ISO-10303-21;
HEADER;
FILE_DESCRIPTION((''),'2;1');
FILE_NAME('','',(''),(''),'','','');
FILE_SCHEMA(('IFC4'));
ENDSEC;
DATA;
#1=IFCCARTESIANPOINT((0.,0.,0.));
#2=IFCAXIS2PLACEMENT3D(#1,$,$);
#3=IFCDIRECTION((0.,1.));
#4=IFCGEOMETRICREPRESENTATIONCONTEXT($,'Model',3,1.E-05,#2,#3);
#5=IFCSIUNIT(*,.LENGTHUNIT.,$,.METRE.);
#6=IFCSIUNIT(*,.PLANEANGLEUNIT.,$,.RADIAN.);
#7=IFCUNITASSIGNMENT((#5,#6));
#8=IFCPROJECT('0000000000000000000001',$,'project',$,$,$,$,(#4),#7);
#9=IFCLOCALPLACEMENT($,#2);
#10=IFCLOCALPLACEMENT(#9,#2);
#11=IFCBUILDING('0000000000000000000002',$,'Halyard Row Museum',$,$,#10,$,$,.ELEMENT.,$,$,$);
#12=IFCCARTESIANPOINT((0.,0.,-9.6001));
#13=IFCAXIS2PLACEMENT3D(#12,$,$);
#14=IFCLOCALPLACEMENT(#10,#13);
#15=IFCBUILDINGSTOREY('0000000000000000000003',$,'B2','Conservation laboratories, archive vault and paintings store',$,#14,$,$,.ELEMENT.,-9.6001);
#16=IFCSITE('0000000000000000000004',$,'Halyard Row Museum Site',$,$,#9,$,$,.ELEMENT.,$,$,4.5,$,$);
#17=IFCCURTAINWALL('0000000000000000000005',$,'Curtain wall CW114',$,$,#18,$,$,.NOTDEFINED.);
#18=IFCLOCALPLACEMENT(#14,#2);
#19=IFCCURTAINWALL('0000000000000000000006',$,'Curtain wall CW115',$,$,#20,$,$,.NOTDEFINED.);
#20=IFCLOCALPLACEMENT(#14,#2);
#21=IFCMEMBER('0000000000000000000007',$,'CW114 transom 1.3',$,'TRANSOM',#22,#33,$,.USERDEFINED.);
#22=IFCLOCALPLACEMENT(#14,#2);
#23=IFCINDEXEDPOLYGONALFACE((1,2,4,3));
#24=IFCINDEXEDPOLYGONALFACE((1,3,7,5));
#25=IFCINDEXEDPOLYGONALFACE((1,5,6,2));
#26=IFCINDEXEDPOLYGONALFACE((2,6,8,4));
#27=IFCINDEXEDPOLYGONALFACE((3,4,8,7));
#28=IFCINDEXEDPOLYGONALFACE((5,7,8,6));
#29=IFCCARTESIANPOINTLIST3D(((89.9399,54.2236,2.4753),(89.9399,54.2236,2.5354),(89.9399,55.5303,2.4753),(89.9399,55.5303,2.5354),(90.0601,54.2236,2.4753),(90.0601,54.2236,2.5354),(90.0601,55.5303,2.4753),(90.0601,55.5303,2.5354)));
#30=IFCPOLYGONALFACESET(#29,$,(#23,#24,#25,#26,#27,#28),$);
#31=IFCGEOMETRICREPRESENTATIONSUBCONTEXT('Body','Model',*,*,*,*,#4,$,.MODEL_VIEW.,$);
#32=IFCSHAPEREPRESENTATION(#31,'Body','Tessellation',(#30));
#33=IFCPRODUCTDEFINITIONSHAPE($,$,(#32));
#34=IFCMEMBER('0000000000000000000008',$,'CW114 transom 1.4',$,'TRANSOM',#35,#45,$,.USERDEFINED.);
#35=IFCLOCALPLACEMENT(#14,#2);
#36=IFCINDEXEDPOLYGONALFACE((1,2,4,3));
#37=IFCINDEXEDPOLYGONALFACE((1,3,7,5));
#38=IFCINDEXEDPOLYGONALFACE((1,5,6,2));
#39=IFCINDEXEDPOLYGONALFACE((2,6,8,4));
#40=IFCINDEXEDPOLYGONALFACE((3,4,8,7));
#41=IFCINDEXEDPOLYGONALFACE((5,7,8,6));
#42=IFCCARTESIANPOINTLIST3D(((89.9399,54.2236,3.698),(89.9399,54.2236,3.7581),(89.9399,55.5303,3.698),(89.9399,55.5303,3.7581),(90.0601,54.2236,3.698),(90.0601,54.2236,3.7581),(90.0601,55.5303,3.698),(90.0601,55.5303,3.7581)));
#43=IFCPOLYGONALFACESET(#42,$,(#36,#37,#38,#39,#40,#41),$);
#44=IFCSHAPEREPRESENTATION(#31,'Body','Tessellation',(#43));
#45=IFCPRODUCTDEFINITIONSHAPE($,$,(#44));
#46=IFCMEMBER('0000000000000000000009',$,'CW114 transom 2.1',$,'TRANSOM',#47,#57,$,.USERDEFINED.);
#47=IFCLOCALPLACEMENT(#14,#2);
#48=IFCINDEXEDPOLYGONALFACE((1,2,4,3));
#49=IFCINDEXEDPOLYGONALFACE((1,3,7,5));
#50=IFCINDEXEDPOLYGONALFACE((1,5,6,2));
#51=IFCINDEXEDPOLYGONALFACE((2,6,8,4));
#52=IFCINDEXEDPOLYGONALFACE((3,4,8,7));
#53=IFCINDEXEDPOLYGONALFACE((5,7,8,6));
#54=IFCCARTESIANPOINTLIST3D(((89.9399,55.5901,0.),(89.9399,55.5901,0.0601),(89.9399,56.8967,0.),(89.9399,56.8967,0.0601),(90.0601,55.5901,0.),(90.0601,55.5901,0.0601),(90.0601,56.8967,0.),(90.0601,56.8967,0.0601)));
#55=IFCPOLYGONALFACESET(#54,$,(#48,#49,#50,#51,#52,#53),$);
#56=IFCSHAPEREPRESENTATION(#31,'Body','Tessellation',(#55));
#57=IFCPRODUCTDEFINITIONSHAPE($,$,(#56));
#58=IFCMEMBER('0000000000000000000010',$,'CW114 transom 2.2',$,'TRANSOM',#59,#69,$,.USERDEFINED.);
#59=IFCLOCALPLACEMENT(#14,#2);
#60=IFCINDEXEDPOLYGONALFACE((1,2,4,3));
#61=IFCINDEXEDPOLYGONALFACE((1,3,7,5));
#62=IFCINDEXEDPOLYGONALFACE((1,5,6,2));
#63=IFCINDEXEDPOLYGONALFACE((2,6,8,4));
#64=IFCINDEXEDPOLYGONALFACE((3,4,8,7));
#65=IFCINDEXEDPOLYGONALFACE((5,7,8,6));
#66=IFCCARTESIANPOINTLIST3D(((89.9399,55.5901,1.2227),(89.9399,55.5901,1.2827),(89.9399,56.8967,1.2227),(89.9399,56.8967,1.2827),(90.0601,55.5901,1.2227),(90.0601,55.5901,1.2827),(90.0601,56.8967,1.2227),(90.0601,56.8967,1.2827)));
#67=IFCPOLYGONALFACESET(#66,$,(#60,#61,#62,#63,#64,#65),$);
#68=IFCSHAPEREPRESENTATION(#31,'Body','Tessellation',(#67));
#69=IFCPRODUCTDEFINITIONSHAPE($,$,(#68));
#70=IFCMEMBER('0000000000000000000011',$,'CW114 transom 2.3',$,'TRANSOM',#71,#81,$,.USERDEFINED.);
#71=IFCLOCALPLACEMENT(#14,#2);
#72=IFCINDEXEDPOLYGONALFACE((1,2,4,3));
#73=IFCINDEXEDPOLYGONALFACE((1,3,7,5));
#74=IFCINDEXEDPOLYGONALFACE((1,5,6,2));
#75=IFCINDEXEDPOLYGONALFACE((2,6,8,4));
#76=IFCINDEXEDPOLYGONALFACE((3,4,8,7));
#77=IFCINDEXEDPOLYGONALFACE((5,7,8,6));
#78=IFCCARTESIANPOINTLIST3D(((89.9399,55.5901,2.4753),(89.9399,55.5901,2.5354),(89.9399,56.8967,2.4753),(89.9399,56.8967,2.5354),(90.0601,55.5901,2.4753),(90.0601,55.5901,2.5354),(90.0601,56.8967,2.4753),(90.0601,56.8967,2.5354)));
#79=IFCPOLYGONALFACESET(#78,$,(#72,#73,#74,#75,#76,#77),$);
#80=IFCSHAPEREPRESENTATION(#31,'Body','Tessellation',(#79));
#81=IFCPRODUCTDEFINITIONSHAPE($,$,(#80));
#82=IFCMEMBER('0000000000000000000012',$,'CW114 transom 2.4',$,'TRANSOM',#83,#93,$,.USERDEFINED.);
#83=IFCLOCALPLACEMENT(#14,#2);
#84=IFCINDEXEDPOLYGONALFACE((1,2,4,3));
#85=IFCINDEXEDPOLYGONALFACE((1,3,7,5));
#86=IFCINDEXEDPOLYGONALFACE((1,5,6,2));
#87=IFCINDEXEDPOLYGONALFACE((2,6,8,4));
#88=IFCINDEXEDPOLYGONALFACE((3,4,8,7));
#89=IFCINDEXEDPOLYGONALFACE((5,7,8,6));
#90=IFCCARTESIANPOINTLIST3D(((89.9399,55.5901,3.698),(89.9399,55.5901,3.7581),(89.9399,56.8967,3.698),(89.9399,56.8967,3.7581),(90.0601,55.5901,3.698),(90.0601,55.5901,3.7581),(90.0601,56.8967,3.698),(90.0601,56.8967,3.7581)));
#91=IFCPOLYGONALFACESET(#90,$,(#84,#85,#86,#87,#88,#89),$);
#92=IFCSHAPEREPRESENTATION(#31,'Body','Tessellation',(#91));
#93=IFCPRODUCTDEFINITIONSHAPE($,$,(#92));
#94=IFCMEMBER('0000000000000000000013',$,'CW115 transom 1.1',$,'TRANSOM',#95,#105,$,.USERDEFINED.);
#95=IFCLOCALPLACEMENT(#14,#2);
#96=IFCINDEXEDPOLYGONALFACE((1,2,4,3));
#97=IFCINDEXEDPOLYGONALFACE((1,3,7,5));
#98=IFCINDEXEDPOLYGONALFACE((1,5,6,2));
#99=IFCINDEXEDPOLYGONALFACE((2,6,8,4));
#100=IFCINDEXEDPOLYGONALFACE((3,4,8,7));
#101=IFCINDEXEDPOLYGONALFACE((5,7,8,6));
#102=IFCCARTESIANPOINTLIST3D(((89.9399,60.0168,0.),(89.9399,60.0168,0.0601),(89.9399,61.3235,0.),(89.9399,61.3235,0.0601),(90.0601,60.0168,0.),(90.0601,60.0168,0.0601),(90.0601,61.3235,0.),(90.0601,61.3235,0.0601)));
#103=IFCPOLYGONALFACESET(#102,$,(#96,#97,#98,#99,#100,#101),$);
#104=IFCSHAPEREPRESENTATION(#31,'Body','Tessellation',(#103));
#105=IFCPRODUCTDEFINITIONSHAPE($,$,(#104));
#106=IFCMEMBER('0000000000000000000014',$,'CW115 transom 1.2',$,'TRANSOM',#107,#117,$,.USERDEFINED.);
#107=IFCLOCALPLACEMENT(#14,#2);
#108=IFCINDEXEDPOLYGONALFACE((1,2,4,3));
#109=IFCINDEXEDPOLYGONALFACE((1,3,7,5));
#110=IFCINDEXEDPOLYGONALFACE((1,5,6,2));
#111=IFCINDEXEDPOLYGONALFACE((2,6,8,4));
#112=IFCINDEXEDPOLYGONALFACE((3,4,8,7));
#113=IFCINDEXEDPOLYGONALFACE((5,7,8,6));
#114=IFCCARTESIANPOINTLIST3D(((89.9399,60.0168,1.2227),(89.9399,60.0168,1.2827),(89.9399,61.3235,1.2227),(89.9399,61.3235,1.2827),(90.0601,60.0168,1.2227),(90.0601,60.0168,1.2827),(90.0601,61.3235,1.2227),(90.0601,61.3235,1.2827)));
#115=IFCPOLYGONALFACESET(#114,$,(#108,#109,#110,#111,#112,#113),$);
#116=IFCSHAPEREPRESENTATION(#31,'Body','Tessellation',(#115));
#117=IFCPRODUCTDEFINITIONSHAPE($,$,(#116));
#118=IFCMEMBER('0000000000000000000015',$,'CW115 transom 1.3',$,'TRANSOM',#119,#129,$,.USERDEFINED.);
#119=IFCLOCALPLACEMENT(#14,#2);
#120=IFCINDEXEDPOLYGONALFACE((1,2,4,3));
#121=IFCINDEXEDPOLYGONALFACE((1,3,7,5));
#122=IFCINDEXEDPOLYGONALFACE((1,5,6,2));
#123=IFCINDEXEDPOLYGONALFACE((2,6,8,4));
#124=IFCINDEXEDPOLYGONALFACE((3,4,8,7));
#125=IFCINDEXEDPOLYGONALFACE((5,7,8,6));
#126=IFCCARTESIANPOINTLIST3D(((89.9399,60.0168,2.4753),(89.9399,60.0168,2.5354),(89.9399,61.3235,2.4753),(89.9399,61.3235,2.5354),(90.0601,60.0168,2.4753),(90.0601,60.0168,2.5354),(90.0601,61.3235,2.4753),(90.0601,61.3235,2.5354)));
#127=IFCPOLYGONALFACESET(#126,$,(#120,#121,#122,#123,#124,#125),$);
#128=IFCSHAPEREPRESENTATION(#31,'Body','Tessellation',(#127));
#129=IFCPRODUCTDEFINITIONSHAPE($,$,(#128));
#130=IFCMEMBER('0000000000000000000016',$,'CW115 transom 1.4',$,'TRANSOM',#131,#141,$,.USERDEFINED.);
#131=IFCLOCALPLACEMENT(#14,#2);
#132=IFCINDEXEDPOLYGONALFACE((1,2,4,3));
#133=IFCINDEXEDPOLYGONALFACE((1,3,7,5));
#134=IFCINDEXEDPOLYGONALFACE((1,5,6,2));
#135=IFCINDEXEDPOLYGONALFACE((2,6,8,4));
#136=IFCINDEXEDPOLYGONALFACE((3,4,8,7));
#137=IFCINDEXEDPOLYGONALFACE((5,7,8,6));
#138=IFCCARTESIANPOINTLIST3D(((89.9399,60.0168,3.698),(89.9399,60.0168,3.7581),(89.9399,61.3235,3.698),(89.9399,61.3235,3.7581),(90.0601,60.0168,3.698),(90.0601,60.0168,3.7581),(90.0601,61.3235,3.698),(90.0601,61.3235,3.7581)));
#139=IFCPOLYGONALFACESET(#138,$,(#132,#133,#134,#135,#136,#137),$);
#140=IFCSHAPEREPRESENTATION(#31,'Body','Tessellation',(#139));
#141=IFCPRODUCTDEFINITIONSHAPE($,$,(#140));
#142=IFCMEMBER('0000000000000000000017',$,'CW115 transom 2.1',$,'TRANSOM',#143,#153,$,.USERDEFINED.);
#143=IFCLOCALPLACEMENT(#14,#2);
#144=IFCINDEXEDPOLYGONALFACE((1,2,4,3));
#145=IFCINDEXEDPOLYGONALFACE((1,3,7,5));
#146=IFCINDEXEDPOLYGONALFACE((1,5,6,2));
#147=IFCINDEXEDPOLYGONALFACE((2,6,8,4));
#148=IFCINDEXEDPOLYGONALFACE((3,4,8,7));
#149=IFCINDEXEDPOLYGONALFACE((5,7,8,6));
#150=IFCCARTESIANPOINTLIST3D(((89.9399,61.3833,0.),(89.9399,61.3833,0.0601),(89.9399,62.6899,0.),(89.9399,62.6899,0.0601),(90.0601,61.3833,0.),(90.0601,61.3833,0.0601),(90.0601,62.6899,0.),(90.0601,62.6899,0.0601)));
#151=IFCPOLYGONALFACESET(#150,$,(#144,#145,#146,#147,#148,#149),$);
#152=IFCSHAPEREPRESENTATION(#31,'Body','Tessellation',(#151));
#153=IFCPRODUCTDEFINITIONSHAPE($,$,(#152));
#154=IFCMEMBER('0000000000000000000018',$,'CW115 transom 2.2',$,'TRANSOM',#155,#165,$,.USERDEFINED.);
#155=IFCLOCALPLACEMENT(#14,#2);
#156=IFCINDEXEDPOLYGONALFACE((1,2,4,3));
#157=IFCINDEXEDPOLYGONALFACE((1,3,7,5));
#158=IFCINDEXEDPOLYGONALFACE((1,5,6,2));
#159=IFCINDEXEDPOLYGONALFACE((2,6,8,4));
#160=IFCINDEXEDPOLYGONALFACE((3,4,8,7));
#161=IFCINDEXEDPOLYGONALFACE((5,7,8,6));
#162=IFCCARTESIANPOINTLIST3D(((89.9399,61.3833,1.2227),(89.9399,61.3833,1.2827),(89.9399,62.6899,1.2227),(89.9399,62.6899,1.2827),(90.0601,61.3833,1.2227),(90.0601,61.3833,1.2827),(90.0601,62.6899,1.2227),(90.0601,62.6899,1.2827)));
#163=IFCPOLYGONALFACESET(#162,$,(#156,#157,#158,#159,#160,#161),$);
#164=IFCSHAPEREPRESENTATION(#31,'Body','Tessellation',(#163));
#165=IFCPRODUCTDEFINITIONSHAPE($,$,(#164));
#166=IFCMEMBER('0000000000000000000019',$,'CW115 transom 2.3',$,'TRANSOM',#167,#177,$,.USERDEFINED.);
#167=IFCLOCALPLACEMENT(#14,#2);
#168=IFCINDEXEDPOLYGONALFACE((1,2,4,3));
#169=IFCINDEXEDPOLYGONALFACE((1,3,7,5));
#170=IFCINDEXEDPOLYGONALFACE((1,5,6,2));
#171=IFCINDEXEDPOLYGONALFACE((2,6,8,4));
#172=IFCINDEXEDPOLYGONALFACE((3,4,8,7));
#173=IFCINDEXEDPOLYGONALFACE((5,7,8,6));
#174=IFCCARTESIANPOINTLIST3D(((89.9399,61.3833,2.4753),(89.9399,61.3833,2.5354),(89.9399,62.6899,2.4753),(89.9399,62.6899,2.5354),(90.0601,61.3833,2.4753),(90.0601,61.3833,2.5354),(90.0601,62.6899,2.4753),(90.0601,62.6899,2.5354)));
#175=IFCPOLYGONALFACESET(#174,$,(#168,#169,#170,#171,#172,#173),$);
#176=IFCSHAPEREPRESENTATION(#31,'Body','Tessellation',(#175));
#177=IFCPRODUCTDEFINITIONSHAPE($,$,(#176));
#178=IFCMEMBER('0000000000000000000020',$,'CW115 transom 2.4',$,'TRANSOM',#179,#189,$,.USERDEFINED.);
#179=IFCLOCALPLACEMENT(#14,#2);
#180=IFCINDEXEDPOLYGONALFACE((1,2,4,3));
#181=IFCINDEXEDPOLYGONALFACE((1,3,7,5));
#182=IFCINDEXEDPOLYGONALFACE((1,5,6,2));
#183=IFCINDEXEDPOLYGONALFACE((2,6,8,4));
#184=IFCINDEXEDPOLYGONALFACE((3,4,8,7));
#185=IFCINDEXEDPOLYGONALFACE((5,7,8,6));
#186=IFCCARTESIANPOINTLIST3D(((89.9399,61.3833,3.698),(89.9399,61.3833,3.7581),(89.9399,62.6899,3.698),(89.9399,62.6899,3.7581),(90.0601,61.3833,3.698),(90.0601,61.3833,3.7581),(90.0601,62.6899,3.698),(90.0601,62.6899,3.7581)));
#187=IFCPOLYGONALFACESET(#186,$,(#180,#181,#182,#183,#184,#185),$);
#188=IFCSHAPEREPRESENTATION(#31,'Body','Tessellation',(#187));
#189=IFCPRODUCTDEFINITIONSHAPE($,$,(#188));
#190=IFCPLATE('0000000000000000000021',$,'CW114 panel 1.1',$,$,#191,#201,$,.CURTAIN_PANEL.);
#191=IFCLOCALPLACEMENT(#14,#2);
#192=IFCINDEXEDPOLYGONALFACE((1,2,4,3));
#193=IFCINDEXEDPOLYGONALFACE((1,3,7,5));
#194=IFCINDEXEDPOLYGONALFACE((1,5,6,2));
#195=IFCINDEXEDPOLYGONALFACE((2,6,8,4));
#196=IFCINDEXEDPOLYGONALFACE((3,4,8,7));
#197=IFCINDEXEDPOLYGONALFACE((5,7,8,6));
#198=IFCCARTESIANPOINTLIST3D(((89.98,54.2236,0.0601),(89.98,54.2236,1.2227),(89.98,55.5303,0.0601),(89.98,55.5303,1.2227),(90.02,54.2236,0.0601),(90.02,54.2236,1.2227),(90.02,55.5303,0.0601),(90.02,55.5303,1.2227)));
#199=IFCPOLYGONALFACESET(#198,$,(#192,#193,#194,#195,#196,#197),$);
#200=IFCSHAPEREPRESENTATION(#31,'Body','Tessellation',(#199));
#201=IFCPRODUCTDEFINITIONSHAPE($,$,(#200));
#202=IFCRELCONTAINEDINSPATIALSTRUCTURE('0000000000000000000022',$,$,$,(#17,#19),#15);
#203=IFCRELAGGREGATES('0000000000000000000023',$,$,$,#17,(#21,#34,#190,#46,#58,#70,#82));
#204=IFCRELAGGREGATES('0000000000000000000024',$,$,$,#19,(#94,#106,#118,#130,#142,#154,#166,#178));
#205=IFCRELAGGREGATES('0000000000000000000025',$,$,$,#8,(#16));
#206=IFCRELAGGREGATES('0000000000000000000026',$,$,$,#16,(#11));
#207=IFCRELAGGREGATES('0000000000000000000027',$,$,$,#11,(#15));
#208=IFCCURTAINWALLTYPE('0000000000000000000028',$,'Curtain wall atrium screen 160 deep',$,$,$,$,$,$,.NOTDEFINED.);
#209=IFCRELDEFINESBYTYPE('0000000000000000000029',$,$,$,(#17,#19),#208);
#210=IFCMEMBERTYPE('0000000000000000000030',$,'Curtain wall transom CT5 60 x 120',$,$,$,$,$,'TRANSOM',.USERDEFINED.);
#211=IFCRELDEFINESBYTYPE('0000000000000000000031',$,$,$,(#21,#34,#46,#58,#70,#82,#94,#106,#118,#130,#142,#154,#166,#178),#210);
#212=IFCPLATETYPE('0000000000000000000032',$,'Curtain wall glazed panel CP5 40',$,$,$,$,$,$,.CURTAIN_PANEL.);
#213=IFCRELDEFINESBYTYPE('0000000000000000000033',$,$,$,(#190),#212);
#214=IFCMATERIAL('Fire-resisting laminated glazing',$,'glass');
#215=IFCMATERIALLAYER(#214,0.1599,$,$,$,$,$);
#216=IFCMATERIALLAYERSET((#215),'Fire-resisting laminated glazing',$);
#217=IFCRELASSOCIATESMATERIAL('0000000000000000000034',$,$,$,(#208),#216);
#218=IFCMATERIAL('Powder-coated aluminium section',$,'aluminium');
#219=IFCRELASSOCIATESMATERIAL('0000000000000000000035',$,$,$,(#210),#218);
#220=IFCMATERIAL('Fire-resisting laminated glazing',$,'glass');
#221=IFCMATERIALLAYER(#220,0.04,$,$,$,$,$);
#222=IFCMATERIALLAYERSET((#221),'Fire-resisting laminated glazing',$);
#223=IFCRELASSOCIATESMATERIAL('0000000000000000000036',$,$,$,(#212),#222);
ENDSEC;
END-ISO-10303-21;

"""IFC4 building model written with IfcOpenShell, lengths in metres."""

from ifc_helpers import new_model, si_unit, direction, frame, origin, origin_2d, place, context, subcontext, project, spatial, rectangle, extrude, material, layer, layer_set, material_profile, profile_set, type_object, element, aggregate, save


model = new_model("IFC4")

# Units and contexts
model_context = context("Model", 3, precision=1e-05, world=origin(), true_north=direction((0.0, 1.0)))
body_context = subcontext(model_context, "Body", "Model", "MODEL_VIEW")
ifc_project = project(units=[si_unit("LENGTHUNIT", "METRE"), si_unit("PLANEANGLEUNIT", "RADIAN")], contexts=[model_context])

# Site, building, storey
site_placement = place(None, origin())
site = spatial("IfcSite", under=ifc_project, at=site_placement, Name="Halyard Row Museum Site", CompositionType="ELEMENT", RefElevation=4.5)
building_placement = place(site_placement, origin())
building = spatial("IfcBuilding", under=site, at=building_placement, Name="Halyard Row Museum", CompositionType="ELEMENT")
storey_placement = place(building_placement, frame((0.0, 0.0, -9.6001)))
storey = spatial("IfcBuildingStorey", under=building, at=storey_placement, Name="B2", Description="Conservation laboratories, archive vault and paintings store", CompositionType="ELEMENT", Elevation=-9.6001)

# Curtain walls
ifc_material_1 = material(Name="Fire-resisting laminated glazing", Category="glass")
ifc_layer_1 = layer(ifc_material_1, 0.1599)
ifc_layer_set_1 = layer_set([ifc_layer_1], Name="Fire-resisting laminated glazing")
curtain_wall_type = type_object("IfcCurtainWallType", Name="Curtain wall atrium screen 160 deep", PredefinedType="NOTDEFINED", material=ifc_layer_set_1)
curtain_wall_1_placement = place(storey_placement, origin())
curtain_wall_1 = element("IfcCurtainWall", 1, at=curtain_wall_1_placement, inside=storey, type_object=curtain_wall_type, Name="Curtain wall CW114", PredefinedType="NOTDEFINED")
curtain_wall_2_placement = place(storey_placement, origin())
curtain_wall_2 = element("IfcCurtainWall", 2, at=curtain_wall_2_placement, inside=storey, type_object=curtain_wall_type, Name="Curtain wall CW115", PredefinedType="NOTDEFINED")

# Members
ifc_material_2 = material(Name="Powder-coated aluminium section", Category="aluminium")
ifc_material_profile_1 = material_profile(ifc_material_2, rectangle(XDim=0.1201, YDim=0.0601, at=origin_2d()), Name="120x60 transom")
ifc_profile_set_1 = profile_set([ifc_material_profile_1], Name="Powder-coated aluminium section")
member_type_1 = type_object("IfcMemberType", Name="Curtain wall transom CT5 60 x 120", ElementType="TRANSOM", PredefinedType="USERDEFINED", material=ifc_profile_set_1)
member_1_placement = place(storey_placement, frame((90.0, 54.2236, 2.5054), z_axis=(0.0, 1.0, 0.0), x_axis=(-1.0, 0.0, 0.0)))
member_1 = element("IfcMember", 3, at=member_1_placement, type_object=member_type_1, Name="CW114 transom 1.3", ObjectType="TRANSOM", PredefinedType="USERDEFINED", context=body_context, shape_type="SweptSolid", body=[
    extrude(rectangle(XDim=0.1201, YDim=0.0601, at=origin_2d()), origin(), (0.0, 0.0, 1.0), 1.3066),
])
member_2_placement = place(storey_placement, frame((90.0, 54.2236, 3.728), z_axis=(0.0, 1.0, 0.0), x_axis=(-1.0, 0.0, 0.0)))
member_2 = element("IfcMember", 4, at=member_2_placement, type_object=member_type_1, Name="CW114 transom 1.4", ObjectType="TRANSOM", PredefinedType="USERDEFINED", context=body_context, shape_type="SweptSolid", body=[
    extrude(rectangle(XDim=0.1201, YDim=0.0601, at=origin_2d()), origin(), (0.0, 0.0, 1.0), 1.3066),
])
member_3_placement = place(storey_placement, frame((90.0, 55.5901, 0.03), z_axis=(0.0, 1.0, 0.0), x_axis=(-1.0, 0.0, 0.0)))
member_3 = element("IfcMember", 5, at=member_3_placement, type_object=member_type_1, Name="CW114 transom 2.1", ObjectType="TRANSOM", PredefinedType="USERDEFINED", context=body_context, shape_type="SweptSolid", body=[
    extrude(rectangle(XDim=0.1201, YDim=0.0601, at=origin_2d()), origin(), (0.0, 0.0, 1.0), 1.3066),
])
member_4_placement = place(storey_placement, frame((90.0, 55.5901, 1.2527), z_axis=(0.0, 1.0, 0.0), x_axis=(-1.0, 0.0, 0.0)))
member_4 = element("IfcMember", 6, at=member_4_placement, type_object=member_type_1, Name="CW114 transom 2.2", ObjectType="TRANSOM", PredefinedType="USERDEFINED", context=body_context, shape_type="SweptSolid", body=[
    extrude(rectangle(XDim=0.1201, YDim=0.0601, at=origin_2d()), origin(), (0.0, 0.0, 1.0), 1.3066),
])
member_5_placement = place(storey_placement, frame((90.0, 55.5901, 2.5054), z_axis=(0.0, 1.0, 0.0), x_axis=(-1.0, 0.0, 0.0)))
member_5 = element("IfcMember", 7, at=member_5_placement, type_object=member_type_1, Name="CW114 transom 2.3", ObjectType="TRANSOM", PredefinedType="USERDEFINED", context=body_context, shape_type="SweptSolid", body=[
    extrude(rectangle(XDim=0.1201, YDim=0.0601, at=origin_2d()), origin(), (0.0, 0.0, 1.0), 1.3066),
])
member_6_placement = place(storey_placement, frame((90.0, 55.5901, 3.728), z_axis=(0.0, 1.0, 0.0), x_axis=(-1.0, 0.0, 0.0)))
member_6 = element("IfcMember", 8, at=member_6_placement, type_object=member_type_1, Name="CW114 transom 2.4", ObjectType="TRANSOM", PredefinedType="USERDEFINED", context=body_context, shape_type="SweptSolid", body=[
    extrude(rectangle(XDim=0.1201, YDim=0.0601, at=origin_2d()), origin(), (0.0, 0.0, 1.0), 1.3066),
])
member_7_placement = place(storey_placement, frame((90.0, 60.0168, 0.03), z_axis=(0.0, 1.0, 0.0), x_axis=(-1.0, 0.0, 0.0)))
member_7 = element("IfcMember", 9, at=member_7_placement, type_object=member_type_1, Name="CW115 transom 1.1", ObjectType="TRANSOM", PredefinedType="USERDEFINED", context=body_context, shape_type="SweptSolid", body=[
    extrude(rectangle(XDim=0.1201, YDim=0.0601, at=origin_2d()), origin(), (0.0, 0.0, 1.0), 1.3066),
])
member_8_placement = place(storey_placement, frame((90.0, 60.0168, 1.2527), z_axis=(0.0, 1.0, 0.0), x_axis=(-1.0, 0.0, 0.0)))
member_8 = element("IfcMember", 10, at=member_8_placement, type_object=member_type_1, Name="CW115 transom 1.2", ObjectType="TRANSOM", PredefinedType="USERDEFINED", context=body_context, shape_type="SweptSolid", body=[
    extrude(rectangle(XDim=0.1201, YDim=0.0601, at=origin_2d()), origin(), (0.0, 0.0, 1.0), 1.3066),
])
member_9_placement = place(storey_placement, frame((90.0, 60.0168, 2.5054), z_axis=(0.0, 1.0, 0.0), x_axis=(-1.0, 0.0, 0.0)))
member_9 = element("IfcMember", 11, at=member_9_placement, type_object=member_type_1, Name="CW115 transom 1.3", ObjectType="TRANSOM", PredefinedType="USERDEFINED", context=body_context, shape_type="SweptSolid", body=[
    extrude(rectangle(XDim=0.1201, YDim=0.0601, at=origin_2d()), origin(), (0.0, 0.0, 1.0), 1.3066),
])
member_10_placement = place(storey_placement, frame((90.0, 60.0168, 3.728), z_axis=(0.0, 1.0, 0.0), x_axis=(-1.0, 0.0, 0.0)))
member_10 = element("IfcMember", 12, at=member_10_placement, type_object=member_type_1, Name="CW115 transom 1.4", ObjectType="TRANSOM", PredefinedType="USERDEFINED", context=body_context, shape_type="SweptSolid", body=[
    extrude(rectangle(XDim=0.1201, YDim=0.0601, at=origin_2d()), origin(), (0.0, 0.0, 1.0), 1.3066),
])
member_11_placement = place(storey_placement, frame((90.0, 61.3833, 0.03), z_axis=(0.0, 1.0, 0.0), x_axis=(-1.0, 0.0, 0.0)))
member_11 = element("IfcMember", 13, at=member_11_placement, type_object=member_type_1, Name="CW115 transom 2.1", ObjectType="TRANSOM", PredefinedType="USERDEFINED", context=body_context, shape_type="SweptSolid", body=[
    extrude(rectangle(XDim=0.1201, YDim=0.0601, at=origin_2d()), origin(), (0.0, 0.0, 1.0), 1.3066),
])
member_12_placement = place(storey_placement, frame((90.0, 61.3833, 1.2527), z_axis=(0.0, 1.0, 0.0), x_axis=(-1.0, 0.0, 0.0)))
member_12 = element("IfcMember", 14, at=member_12_placement, type_object=member_type_1, Name="CW115 transom 2.2", ObjectType="TRANSOM", PredefinedType="USERDEFINED", context=body_context, shape_type="SweptSolid", body=[
    extrude(rectangle(XDim=0.1201, YDim=0.0601, at=origin_2d()), origin(), (0.0, 0.0, 1.0), 1.3066),
])
member_13_placement = place(storey_placement, frame((90.0, 61.3833, 2.5054), z_axis=(0.0, 1.0, 0.0), x_axis=(-1.0, 0.0, 0.0)))
member_13 = element("IfcMember", 15, at=member_13_placement, type_object=member_type_1, Name="CW115 transom 2.3", ObjectType="TRANSOM", PredefinedType="USERDEFINED", context=body_context, shape_type="SweptSolid", body=[
    extrude(rectangle(XDim=0.1201, YDim=0.0601, at=origin_2d()), origin(), (0.0, 0.0, 1.0), 1.3066),
])
member_14_placement = place(storey_placement, frame((90.0, 61.3833, 3.728), z_axis=(0.0, 1.0, 0.0), x_axis=(-1.0, 0.0, 0.0)))
member_14 = element("IfcMember", 16, at=member_14_placement, type_object=member_type_1, Name="CW115 transom 2.4", ObjectType="TRANSOM", PredefinedType="USERDEFINED", context=body_context, shape_type="SweptSolid", body=[
    extrude(rectangle(XDim=0.1201, YDim=0.0601, at=origin_2d()), origin(), (0.0, 0.0, 1.0), 1.3066),
])

# Plate
ifc_material_3 = material(Name="Fire-resisting laminated glazing", Category="glass")
ifc_layer_2 = layer(ifc_material_3, 0.04)
ifc_layer_set_2 = layer_set([ifc_layer_2], Name="Fire-resisting laminated glazing")
plate_type = type_object("IfcPlateType", Name="Curtain wall glazed panel CP5 40", PredefinedType="CURTAIN_PANEL", material=ifc_layer_set_2)
plate_1_placement = place(storey_placement, frame((90.0, 54.877, 0.0601), z_axis=(0.0, 0.0, 1.0), x_axis=(0.0, 1.0, 0.0)))
plate_1 = element("IfcPlate", 17, at=plate_1_placement, type_object=plate_type, Name="CW114 panel 1.1", PredefinedType="CURTAIN_PANEL", context=body_context, shape_type="SweptSolid", body=[
    extrude(rectangle(XDim=1.3066, YDim=0.04, at=origin_2d()), origin(), (0.0, 0.0, 1.0), 1.1626),
])
aggregate(curtain_wall_1, [member_1, member_2, plate_1, member_3, member_4, member_5, member_6])
aggregate(curtain_wall_2, [member_7, member_8, member_9, member_10, member_11, member_12, member_13, member_14])

save(model, "model.ifc")
